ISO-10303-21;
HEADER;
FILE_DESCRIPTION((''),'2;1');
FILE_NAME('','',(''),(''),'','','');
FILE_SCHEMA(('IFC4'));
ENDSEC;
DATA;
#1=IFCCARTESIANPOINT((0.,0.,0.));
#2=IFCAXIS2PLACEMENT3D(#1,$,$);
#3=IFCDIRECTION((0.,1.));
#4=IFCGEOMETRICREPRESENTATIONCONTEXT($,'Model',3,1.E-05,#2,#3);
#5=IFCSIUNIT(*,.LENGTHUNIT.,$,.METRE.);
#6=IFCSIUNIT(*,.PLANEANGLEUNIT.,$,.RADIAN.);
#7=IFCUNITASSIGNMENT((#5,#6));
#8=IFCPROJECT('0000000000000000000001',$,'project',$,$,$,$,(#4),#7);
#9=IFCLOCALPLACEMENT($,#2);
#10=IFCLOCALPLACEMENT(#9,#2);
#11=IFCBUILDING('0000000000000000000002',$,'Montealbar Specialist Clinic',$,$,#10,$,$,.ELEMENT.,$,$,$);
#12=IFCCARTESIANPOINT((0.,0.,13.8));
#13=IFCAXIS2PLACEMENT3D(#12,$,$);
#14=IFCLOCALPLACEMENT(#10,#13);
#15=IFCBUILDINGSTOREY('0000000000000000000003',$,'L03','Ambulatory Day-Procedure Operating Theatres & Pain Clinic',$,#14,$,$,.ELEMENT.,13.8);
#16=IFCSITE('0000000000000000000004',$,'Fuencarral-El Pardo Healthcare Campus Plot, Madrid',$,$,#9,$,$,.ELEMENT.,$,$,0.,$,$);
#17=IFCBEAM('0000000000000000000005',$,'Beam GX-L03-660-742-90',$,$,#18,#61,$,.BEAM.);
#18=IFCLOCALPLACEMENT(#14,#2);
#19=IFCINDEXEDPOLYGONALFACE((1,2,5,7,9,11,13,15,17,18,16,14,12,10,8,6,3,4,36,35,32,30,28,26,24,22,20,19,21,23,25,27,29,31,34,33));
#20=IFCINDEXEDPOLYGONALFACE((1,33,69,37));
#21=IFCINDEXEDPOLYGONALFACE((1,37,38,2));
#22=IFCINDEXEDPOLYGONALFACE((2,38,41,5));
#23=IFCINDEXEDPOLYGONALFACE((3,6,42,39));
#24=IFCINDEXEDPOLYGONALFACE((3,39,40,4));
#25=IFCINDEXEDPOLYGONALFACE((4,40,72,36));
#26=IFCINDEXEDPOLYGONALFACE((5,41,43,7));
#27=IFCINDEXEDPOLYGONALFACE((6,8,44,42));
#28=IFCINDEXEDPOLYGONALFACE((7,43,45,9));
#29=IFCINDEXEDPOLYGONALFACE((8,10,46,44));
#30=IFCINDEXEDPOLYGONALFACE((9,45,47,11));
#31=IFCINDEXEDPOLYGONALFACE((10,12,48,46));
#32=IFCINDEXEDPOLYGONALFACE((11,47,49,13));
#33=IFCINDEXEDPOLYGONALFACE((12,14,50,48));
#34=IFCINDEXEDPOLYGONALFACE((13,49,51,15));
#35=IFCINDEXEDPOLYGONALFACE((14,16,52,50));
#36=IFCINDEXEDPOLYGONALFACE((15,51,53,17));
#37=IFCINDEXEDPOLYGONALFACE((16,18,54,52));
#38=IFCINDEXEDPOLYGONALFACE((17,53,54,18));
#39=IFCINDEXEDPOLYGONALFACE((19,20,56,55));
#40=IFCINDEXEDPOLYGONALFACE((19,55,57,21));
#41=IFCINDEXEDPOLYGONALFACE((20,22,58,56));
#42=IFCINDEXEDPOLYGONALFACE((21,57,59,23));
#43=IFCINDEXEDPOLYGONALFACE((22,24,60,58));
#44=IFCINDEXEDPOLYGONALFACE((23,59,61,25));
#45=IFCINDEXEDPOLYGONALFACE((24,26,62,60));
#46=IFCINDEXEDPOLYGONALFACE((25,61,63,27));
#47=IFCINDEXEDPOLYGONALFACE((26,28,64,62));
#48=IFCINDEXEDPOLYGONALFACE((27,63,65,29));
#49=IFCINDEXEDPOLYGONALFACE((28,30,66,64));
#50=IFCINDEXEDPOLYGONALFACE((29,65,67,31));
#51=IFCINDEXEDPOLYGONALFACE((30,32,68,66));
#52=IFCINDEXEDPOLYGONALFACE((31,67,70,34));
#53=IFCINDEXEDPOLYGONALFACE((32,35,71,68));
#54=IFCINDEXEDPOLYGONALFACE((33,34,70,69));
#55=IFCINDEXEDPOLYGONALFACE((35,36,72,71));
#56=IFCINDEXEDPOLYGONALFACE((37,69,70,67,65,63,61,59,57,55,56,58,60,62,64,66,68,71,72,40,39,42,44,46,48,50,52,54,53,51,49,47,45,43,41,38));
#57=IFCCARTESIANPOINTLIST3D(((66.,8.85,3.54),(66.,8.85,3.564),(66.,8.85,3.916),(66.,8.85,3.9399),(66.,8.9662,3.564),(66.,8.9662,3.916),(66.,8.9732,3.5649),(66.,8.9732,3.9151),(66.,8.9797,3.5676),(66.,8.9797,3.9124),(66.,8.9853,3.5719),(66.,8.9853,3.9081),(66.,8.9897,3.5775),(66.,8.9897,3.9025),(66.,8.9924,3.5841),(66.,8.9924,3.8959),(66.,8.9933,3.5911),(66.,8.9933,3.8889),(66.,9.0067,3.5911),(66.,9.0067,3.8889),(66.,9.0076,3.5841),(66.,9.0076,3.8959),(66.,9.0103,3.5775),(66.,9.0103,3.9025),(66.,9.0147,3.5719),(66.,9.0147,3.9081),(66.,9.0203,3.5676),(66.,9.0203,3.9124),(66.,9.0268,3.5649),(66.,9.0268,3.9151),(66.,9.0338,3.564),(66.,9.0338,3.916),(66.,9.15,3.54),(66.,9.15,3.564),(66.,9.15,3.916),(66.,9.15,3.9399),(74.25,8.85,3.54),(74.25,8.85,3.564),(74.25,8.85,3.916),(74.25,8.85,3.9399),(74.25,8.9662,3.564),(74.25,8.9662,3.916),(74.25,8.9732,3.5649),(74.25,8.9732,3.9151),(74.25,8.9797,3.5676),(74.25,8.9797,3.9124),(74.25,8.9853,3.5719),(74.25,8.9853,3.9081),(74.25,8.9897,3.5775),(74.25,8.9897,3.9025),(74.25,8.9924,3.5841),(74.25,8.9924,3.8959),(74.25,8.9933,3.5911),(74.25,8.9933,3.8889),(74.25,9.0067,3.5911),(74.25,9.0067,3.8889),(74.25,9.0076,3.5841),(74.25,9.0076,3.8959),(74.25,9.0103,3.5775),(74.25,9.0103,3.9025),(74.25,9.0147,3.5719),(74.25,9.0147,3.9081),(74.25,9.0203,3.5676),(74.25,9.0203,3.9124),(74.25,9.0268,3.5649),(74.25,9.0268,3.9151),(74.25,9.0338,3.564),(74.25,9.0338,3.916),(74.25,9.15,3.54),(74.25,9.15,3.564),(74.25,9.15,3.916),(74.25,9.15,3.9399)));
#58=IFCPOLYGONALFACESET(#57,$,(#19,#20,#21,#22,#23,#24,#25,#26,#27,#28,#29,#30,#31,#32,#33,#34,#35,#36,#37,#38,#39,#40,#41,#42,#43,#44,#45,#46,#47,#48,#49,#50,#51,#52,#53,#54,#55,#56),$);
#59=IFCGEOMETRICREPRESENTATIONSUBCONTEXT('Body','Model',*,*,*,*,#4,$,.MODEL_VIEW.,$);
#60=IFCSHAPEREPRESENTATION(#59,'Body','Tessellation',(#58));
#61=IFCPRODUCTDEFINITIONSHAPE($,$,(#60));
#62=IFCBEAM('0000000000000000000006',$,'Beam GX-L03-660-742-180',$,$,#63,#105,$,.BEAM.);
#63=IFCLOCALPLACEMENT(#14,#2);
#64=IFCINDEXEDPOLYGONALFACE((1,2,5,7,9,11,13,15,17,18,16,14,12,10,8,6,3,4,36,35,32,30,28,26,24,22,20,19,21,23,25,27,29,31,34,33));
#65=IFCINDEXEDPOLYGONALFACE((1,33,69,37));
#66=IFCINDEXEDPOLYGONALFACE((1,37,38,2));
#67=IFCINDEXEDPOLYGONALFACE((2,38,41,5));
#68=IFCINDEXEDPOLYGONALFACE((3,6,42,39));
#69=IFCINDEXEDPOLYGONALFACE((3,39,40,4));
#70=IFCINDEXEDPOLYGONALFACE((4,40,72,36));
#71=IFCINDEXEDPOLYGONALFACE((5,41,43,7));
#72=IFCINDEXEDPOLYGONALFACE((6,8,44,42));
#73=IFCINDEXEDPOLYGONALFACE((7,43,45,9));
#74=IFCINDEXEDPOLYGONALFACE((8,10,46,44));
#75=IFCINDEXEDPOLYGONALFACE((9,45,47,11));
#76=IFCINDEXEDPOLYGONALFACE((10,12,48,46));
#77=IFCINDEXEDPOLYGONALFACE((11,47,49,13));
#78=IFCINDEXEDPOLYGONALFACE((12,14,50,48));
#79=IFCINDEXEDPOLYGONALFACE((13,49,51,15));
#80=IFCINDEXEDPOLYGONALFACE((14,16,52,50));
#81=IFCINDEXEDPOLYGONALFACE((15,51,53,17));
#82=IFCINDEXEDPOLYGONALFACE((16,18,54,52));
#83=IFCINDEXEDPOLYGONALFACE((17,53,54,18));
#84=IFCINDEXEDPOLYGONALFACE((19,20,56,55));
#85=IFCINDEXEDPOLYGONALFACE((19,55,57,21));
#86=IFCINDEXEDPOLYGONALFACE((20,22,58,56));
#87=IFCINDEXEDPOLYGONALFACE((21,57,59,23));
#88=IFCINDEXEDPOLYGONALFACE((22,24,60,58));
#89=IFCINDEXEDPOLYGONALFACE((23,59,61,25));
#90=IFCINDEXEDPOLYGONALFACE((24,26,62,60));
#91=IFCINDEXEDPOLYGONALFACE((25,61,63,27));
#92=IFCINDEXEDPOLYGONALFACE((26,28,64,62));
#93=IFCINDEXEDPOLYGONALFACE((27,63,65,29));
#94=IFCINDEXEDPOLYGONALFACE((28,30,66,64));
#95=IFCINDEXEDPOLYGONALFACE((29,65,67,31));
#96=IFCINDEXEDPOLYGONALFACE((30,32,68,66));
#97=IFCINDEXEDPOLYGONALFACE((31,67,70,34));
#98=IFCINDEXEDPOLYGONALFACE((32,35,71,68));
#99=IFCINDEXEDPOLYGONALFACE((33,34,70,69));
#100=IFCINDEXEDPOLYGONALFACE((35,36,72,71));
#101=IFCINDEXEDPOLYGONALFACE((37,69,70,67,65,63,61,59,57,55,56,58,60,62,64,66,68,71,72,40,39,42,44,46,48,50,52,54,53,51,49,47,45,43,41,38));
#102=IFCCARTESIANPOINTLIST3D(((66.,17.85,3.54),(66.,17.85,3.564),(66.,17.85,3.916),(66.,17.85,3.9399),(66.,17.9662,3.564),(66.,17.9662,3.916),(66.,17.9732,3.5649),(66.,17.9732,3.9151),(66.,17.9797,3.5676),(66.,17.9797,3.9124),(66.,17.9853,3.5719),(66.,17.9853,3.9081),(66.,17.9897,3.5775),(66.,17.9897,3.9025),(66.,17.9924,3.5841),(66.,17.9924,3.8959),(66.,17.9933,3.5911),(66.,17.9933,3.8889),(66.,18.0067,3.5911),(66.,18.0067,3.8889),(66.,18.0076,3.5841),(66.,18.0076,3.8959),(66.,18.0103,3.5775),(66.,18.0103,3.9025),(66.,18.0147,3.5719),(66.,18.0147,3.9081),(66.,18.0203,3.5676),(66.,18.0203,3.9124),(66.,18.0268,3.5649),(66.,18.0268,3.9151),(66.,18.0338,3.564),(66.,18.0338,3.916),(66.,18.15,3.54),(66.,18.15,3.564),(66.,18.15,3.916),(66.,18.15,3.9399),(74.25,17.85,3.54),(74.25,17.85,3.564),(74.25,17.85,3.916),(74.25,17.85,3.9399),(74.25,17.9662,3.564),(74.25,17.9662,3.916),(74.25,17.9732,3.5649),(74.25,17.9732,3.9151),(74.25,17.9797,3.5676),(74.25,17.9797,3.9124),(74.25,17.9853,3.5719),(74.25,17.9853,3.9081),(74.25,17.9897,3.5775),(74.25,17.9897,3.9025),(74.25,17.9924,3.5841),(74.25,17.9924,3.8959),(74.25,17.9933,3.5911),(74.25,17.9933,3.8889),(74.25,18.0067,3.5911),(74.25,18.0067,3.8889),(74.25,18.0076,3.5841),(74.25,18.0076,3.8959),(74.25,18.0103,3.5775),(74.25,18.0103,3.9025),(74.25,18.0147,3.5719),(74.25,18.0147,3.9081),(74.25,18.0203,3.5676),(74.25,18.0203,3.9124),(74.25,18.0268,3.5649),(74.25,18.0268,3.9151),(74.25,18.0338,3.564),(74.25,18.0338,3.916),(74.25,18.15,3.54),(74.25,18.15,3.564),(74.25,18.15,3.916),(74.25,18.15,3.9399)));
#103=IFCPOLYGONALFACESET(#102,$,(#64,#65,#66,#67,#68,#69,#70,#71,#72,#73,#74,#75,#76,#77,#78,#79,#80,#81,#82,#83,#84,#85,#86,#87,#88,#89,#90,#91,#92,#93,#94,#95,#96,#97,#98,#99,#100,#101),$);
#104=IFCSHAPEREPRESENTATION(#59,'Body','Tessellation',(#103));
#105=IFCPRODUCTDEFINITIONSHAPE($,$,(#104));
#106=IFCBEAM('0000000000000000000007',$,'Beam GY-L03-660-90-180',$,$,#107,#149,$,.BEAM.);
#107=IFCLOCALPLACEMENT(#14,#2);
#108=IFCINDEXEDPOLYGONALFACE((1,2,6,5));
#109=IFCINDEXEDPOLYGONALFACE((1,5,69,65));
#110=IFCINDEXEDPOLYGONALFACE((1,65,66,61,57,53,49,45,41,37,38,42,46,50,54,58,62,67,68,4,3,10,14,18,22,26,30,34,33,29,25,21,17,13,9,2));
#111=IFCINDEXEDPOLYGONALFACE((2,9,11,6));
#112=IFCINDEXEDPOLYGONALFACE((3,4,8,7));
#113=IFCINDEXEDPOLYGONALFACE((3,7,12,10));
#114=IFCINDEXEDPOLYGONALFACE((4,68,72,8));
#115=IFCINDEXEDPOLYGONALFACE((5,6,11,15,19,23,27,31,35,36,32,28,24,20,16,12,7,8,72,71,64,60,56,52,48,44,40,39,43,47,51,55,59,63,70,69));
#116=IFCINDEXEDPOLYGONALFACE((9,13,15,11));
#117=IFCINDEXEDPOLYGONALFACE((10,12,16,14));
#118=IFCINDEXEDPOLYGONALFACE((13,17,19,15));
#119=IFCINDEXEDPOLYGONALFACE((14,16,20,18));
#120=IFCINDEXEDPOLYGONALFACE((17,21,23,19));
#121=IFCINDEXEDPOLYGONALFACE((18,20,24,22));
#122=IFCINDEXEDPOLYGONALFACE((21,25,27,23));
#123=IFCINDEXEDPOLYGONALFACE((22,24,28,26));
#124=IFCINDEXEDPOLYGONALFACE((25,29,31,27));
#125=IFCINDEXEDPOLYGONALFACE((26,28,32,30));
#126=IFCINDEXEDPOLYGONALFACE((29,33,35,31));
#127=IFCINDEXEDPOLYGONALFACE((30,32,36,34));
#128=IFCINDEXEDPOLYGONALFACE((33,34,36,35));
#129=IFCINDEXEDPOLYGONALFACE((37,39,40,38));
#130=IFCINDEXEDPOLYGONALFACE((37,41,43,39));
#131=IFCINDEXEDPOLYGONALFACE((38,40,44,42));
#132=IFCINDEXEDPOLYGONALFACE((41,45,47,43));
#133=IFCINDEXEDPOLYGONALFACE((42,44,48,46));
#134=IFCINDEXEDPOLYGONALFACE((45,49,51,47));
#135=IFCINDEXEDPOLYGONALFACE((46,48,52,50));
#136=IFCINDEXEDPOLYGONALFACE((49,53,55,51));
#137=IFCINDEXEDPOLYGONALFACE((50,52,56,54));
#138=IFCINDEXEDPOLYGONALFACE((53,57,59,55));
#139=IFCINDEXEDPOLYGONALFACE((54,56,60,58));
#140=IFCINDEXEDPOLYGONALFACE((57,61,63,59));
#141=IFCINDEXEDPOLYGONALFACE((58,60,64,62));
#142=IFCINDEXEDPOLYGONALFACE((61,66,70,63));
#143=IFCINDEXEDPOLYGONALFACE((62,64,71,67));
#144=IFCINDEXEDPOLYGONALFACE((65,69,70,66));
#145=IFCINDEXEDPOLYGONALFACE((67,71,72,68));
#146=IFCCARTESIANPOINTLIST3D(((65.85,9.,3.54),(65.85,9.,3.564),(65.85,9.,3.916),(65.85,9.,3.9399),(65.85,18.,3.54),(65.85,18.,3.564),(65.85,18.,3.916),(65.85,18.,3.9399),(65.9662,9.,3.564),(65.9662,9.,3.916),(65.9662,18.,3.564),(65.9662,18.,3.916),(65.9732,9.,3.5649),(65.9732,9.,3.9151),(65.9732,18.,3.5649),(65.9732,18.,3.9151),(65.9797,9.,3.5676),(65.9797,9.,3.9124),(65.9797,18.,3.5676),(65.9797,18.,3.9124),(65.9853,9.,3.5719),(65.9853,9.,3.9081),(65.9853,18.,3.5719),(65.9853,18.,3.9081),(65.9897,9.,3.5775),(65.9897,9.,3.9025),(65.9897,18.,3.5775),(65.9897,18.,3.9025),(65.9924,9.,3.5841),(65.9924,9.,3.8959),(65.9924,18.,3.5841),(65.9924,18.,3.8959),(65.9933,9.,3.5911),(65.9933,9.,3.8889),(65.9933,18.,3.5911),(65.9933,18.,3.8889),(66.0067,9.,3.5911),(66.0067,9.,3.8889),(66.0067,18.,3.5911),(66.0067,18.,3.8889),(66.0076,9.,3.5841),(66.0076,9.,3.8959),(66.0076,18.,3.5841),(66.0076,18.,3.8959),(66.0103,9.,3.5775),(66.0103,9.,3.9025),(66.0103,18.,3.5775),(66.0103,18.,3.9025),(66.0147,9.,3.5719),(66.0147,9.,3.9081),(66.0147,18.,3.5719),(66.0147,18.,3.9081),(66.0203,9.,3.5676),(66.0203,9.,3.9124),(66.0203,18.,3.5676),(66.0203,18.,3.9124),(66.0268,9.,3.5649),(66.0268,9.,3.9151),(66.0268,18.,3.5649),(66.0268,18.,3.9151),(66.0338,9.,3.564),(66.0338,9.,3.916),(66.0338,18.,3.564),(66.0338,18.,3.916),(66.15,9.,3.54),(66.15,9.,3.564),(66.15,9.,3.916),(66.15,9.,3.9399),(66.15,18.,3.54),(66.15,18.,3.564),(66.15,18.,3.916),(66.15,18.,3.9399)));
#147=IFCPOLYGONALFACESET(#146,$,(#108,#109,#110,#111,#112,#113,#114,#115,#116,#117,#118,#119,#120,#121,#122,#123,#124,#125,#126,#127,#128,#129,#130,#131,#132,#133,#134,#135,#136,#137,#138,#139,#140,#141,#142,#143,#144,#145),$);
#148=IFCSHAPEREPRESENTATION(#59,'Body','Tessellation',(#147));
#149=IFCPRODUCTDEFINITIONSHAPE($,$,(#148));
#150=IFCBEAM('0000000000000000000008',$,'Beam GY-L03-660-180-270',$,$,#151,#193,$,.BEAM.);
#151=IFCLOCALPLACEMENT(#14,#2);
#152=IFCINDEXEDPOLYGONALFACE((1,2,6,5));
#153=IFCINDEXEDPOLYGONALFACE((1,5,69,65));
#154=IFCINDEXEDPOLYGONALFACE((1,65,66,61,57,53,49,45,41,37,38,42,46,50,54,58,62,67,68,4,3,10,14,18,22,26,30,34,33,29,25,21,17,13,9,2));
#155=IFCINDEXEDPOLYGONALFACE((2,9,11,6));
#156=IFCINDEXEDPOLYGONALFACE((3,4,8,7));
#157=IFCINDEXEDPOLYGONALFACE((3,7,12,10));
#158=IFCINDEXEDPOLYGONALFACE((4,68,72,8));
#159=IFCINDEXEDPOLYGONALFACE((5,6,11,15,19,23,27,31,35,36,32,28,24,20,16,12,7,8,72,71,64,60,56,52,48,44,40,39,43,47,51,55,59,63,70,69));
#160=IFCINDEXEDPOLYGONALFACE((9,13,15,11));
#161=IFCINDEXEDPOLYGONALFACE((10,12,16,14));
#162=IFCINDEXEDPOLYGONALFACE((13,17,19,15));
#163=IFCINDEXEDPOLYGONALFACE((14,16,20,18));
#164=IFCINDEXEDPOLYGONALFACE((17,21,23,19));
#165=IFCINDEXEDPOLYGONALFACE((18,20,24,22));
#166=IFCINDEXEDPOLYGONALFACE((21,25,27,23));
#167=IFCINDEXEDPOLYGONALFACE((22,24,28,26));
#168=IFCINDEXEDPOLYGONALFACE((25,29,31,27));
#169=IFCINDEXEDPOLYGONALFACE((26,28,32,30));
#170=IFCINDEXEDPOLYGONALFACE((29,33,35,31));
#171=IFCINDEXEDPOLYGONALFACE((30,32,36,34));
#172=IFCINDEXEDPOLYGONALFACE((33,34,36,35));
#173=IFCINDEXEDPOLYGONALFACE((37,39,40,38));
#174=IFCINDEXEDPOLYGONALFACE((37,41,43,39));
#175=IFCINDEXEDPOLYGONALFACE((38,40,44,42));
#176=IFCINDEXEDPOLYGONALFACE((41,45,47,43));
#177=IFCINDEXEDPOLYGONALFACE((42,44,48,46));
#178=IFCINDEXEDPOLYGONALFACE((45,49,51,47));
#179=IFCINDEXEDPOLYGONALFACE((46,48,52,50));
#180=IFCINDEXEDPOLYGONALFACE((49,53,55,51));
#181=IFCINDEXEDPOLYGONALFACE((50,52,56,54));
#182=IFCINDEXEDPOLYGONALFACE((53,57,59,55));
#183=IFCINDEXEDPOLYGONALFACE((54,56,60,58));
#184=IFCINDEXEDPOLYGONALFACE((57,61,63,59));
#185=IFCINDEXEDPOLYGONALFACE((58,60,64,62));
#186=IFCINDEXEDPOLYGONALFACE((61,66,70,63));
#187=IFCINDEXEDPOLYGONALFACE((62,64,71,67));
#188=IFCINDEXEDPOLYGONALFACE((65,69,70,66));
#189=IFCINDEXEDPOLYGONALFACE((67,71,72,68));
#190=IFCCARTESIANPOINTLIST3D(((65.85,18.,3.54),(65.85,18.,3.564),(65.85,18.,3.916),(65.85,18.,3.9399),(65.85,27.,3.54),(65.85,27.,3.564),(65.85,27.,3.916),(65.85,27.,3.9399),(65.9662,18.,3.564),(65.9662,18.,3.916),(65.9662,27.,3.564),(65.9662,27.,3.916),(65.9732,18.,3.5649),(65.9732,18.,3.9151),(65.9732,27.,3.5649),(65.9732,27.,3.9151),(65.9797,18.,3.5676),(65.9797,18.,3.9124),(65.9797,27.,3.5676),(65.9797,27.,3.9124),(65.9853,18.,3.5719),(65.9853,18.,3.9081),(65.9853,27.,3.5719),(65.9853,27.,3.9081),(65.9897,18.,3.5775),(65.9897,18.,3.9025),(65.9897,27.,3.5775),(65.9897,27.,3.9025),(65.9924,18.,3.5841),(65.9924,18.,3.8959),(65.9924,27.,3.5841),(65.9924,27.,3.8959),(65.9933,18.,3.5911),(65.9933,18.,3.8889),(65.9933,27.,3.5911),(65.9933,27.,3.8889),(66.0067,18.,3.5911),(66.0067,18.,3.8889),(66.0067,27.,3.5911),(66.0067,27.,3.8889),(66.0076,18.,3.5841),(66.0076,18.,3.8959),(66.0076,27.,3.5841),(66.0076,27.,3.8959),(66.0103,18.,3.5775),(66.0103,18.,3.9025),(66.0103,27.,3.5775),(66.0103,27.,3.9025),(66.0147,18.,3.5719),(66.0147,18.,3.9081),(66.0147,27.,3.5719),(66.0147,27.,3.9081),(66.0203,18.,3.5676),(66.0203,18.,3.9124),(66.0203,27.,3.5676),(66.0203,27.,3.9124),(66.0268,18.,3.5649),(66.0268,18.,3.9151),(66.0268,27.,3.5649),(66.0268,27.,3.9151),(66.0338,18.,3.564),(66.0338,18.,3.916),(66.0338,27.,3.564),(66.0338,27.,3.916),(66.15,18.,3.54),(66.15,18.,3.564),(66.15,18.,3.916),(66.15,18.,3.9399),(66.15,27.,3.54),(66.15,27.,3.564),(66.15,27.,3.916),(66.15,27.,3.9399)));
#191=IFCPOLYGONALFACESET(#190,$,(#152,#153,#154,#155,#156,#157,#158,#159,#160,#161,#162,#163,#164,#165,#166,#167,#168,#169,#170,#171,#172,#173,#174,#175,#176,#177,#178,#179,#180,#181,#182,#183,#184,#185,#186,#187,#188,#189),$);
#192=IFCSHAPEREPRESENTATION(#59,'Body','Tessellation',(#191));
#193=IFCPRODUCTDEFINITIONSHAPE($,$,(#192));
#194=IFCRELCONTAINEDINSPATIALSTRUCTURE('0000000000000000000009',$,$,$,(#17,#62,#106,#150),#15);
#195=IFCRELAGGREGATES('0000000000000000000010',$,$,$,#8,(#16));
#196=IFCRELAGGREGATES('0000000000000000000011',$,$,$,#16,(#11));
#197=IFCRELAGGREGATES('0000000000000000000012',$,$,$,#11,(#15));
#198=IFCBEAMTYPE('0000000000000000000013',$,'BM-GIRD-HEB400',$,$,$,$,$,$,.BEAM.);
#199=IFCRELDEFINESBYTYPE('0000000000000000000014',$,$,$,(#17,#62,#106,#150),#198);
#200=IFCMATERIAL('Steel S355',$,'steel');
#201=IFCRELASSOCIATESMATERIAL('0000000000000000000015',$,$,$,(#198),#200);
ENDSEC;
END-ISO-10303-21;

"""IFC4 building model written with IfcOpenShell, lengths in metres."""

from ifc_helpers import new_model, si_unit, direction, frame, origin, origin_2d, place, context, subcontext, project, spatial, i_section, extrude, material, material_profile, profile_set, type_object, element, save


model = new_model("IFC4")

# Units and contexts
model_context = context("Model", 3, precision=1e-05, world=origin(), true_north=direction((0.0, 1.0)))
body_context = subcontext(model_context, "Body", "Model", "MODEL_VIEW")
ifc_project = project(units=[si_unit("LENGTHUNIT", "METRE"), si_unit("PLANEANGLEUNIT", "RADIAN")], contexts=[model_context])

# Site, building, storey
site_placement = place(None, origin())
site = spatial("IfcSite", under=ifc_project, at=site_placement, Name="Fuencarral-El Pardo Healthcare Campus Plot, Madrid", CompositionType="ELEMENT", RefElevation=0.0)
building_placement = place(site_placement, origin())
building = spatial("IfcBuilding", under=site, at=building_placement, Name="Montealbar Specialist Clinic", CompositionType="ELEMENT")
storey_placement = place(building_placement, frame((0.0, 0.0, 13.8)))
storey = spatial("IfcBuildingStorey", under=building, at=storey_placement, Name="L03", Description="Ambulatory Day-Procedure Operating Theatres & Pain Clinic", CompositionType="ELEMENT", Elevation=13.8)

# Shared definitions
ifc_material_1 = material(Name="Steel S355", Category="steel")

# Beams
ifc_material_profile_1 = material_profile(ifc_material_1, i_section(OverallWidth=0.3, OverallDepth=0.3999, WebThickness=0.0134, FlangeThickness=0.0239, FilletRadius=0.0271, at=origin_2d()), Name="HEB 400", Category="steel")
ifc_profile_set_1 = profile_set([ifc_material_profile_1], Name="Steel S355")
beam_type_1 = type_object("IfcBeamType", Name="BM-GIRD-HEB400", PredefinedType="BEAM", material=ifc_profile_set_1)
for number, where, z_axis, x_axis, name in (
    (1, (66.0, 9.0, 3.74), (1.0, 0.0, 0.0), (0.0, 1.0, 0.0), "Beam GX-L03-660-742-90"),
    (2, (66.0, 18.0, 3.74), (1.0, 0.0, 0.0), (0.0, 1.0, 0.0), "Beam GX-L03-660-742-180"),
):
    element("IfcBeam", number, at=place(storey_placement, frame(where, z_axis=z_axis, x_axis=x_axis)), inside=storey, type_object=beam_type_1, Name=name, PredefinedType="BEAM", context=body_context, shape_type="SweptSolid", body=[
        extrude(i_section(OverallWidth=0.3, OverallDepth=0.3999, WebThickness=0.0134, FlangeThickness=0.0239, FilletRadius=0.0271, at=origin_2d()), origin(), (0.0, 0.0, 1.0), 8.25),
    ])
for number, where, z_axis, x_axis, name in (
    (3, (66.0, 9.0, 3.74), (0.0, 1.0, 0.0), (-1.0, 0.0, 0.0), "Beam GY-L03-660-90-180"),
    (4, (66.0, 18.0, 3.74), (0.0, 1.0, 0.0), (-1.0, 0.0, 0.0), "Beam GY-L03-660-180-270"),
):
    element("IfcBeam", number, at=place(storey_placement, frame(where, z_axis=z_axis, x_axis=x_axis)), inside=storey, type_object=beam_type_1, Name=name, PredefinedType="BEAM", context=body_context, shape_type="SweptSolid", body=[
        extrude(i_section(OverallWidth=0.3, OverallDepth=0.3999, WebThickness=0.0134, FlangeThickness=0.0239, FilletRadius=0.0271, at=origin_2d()), origin(), (0.0, 0.0, 1.0), 9.0),
    ])

save(model, "model.ifc")
